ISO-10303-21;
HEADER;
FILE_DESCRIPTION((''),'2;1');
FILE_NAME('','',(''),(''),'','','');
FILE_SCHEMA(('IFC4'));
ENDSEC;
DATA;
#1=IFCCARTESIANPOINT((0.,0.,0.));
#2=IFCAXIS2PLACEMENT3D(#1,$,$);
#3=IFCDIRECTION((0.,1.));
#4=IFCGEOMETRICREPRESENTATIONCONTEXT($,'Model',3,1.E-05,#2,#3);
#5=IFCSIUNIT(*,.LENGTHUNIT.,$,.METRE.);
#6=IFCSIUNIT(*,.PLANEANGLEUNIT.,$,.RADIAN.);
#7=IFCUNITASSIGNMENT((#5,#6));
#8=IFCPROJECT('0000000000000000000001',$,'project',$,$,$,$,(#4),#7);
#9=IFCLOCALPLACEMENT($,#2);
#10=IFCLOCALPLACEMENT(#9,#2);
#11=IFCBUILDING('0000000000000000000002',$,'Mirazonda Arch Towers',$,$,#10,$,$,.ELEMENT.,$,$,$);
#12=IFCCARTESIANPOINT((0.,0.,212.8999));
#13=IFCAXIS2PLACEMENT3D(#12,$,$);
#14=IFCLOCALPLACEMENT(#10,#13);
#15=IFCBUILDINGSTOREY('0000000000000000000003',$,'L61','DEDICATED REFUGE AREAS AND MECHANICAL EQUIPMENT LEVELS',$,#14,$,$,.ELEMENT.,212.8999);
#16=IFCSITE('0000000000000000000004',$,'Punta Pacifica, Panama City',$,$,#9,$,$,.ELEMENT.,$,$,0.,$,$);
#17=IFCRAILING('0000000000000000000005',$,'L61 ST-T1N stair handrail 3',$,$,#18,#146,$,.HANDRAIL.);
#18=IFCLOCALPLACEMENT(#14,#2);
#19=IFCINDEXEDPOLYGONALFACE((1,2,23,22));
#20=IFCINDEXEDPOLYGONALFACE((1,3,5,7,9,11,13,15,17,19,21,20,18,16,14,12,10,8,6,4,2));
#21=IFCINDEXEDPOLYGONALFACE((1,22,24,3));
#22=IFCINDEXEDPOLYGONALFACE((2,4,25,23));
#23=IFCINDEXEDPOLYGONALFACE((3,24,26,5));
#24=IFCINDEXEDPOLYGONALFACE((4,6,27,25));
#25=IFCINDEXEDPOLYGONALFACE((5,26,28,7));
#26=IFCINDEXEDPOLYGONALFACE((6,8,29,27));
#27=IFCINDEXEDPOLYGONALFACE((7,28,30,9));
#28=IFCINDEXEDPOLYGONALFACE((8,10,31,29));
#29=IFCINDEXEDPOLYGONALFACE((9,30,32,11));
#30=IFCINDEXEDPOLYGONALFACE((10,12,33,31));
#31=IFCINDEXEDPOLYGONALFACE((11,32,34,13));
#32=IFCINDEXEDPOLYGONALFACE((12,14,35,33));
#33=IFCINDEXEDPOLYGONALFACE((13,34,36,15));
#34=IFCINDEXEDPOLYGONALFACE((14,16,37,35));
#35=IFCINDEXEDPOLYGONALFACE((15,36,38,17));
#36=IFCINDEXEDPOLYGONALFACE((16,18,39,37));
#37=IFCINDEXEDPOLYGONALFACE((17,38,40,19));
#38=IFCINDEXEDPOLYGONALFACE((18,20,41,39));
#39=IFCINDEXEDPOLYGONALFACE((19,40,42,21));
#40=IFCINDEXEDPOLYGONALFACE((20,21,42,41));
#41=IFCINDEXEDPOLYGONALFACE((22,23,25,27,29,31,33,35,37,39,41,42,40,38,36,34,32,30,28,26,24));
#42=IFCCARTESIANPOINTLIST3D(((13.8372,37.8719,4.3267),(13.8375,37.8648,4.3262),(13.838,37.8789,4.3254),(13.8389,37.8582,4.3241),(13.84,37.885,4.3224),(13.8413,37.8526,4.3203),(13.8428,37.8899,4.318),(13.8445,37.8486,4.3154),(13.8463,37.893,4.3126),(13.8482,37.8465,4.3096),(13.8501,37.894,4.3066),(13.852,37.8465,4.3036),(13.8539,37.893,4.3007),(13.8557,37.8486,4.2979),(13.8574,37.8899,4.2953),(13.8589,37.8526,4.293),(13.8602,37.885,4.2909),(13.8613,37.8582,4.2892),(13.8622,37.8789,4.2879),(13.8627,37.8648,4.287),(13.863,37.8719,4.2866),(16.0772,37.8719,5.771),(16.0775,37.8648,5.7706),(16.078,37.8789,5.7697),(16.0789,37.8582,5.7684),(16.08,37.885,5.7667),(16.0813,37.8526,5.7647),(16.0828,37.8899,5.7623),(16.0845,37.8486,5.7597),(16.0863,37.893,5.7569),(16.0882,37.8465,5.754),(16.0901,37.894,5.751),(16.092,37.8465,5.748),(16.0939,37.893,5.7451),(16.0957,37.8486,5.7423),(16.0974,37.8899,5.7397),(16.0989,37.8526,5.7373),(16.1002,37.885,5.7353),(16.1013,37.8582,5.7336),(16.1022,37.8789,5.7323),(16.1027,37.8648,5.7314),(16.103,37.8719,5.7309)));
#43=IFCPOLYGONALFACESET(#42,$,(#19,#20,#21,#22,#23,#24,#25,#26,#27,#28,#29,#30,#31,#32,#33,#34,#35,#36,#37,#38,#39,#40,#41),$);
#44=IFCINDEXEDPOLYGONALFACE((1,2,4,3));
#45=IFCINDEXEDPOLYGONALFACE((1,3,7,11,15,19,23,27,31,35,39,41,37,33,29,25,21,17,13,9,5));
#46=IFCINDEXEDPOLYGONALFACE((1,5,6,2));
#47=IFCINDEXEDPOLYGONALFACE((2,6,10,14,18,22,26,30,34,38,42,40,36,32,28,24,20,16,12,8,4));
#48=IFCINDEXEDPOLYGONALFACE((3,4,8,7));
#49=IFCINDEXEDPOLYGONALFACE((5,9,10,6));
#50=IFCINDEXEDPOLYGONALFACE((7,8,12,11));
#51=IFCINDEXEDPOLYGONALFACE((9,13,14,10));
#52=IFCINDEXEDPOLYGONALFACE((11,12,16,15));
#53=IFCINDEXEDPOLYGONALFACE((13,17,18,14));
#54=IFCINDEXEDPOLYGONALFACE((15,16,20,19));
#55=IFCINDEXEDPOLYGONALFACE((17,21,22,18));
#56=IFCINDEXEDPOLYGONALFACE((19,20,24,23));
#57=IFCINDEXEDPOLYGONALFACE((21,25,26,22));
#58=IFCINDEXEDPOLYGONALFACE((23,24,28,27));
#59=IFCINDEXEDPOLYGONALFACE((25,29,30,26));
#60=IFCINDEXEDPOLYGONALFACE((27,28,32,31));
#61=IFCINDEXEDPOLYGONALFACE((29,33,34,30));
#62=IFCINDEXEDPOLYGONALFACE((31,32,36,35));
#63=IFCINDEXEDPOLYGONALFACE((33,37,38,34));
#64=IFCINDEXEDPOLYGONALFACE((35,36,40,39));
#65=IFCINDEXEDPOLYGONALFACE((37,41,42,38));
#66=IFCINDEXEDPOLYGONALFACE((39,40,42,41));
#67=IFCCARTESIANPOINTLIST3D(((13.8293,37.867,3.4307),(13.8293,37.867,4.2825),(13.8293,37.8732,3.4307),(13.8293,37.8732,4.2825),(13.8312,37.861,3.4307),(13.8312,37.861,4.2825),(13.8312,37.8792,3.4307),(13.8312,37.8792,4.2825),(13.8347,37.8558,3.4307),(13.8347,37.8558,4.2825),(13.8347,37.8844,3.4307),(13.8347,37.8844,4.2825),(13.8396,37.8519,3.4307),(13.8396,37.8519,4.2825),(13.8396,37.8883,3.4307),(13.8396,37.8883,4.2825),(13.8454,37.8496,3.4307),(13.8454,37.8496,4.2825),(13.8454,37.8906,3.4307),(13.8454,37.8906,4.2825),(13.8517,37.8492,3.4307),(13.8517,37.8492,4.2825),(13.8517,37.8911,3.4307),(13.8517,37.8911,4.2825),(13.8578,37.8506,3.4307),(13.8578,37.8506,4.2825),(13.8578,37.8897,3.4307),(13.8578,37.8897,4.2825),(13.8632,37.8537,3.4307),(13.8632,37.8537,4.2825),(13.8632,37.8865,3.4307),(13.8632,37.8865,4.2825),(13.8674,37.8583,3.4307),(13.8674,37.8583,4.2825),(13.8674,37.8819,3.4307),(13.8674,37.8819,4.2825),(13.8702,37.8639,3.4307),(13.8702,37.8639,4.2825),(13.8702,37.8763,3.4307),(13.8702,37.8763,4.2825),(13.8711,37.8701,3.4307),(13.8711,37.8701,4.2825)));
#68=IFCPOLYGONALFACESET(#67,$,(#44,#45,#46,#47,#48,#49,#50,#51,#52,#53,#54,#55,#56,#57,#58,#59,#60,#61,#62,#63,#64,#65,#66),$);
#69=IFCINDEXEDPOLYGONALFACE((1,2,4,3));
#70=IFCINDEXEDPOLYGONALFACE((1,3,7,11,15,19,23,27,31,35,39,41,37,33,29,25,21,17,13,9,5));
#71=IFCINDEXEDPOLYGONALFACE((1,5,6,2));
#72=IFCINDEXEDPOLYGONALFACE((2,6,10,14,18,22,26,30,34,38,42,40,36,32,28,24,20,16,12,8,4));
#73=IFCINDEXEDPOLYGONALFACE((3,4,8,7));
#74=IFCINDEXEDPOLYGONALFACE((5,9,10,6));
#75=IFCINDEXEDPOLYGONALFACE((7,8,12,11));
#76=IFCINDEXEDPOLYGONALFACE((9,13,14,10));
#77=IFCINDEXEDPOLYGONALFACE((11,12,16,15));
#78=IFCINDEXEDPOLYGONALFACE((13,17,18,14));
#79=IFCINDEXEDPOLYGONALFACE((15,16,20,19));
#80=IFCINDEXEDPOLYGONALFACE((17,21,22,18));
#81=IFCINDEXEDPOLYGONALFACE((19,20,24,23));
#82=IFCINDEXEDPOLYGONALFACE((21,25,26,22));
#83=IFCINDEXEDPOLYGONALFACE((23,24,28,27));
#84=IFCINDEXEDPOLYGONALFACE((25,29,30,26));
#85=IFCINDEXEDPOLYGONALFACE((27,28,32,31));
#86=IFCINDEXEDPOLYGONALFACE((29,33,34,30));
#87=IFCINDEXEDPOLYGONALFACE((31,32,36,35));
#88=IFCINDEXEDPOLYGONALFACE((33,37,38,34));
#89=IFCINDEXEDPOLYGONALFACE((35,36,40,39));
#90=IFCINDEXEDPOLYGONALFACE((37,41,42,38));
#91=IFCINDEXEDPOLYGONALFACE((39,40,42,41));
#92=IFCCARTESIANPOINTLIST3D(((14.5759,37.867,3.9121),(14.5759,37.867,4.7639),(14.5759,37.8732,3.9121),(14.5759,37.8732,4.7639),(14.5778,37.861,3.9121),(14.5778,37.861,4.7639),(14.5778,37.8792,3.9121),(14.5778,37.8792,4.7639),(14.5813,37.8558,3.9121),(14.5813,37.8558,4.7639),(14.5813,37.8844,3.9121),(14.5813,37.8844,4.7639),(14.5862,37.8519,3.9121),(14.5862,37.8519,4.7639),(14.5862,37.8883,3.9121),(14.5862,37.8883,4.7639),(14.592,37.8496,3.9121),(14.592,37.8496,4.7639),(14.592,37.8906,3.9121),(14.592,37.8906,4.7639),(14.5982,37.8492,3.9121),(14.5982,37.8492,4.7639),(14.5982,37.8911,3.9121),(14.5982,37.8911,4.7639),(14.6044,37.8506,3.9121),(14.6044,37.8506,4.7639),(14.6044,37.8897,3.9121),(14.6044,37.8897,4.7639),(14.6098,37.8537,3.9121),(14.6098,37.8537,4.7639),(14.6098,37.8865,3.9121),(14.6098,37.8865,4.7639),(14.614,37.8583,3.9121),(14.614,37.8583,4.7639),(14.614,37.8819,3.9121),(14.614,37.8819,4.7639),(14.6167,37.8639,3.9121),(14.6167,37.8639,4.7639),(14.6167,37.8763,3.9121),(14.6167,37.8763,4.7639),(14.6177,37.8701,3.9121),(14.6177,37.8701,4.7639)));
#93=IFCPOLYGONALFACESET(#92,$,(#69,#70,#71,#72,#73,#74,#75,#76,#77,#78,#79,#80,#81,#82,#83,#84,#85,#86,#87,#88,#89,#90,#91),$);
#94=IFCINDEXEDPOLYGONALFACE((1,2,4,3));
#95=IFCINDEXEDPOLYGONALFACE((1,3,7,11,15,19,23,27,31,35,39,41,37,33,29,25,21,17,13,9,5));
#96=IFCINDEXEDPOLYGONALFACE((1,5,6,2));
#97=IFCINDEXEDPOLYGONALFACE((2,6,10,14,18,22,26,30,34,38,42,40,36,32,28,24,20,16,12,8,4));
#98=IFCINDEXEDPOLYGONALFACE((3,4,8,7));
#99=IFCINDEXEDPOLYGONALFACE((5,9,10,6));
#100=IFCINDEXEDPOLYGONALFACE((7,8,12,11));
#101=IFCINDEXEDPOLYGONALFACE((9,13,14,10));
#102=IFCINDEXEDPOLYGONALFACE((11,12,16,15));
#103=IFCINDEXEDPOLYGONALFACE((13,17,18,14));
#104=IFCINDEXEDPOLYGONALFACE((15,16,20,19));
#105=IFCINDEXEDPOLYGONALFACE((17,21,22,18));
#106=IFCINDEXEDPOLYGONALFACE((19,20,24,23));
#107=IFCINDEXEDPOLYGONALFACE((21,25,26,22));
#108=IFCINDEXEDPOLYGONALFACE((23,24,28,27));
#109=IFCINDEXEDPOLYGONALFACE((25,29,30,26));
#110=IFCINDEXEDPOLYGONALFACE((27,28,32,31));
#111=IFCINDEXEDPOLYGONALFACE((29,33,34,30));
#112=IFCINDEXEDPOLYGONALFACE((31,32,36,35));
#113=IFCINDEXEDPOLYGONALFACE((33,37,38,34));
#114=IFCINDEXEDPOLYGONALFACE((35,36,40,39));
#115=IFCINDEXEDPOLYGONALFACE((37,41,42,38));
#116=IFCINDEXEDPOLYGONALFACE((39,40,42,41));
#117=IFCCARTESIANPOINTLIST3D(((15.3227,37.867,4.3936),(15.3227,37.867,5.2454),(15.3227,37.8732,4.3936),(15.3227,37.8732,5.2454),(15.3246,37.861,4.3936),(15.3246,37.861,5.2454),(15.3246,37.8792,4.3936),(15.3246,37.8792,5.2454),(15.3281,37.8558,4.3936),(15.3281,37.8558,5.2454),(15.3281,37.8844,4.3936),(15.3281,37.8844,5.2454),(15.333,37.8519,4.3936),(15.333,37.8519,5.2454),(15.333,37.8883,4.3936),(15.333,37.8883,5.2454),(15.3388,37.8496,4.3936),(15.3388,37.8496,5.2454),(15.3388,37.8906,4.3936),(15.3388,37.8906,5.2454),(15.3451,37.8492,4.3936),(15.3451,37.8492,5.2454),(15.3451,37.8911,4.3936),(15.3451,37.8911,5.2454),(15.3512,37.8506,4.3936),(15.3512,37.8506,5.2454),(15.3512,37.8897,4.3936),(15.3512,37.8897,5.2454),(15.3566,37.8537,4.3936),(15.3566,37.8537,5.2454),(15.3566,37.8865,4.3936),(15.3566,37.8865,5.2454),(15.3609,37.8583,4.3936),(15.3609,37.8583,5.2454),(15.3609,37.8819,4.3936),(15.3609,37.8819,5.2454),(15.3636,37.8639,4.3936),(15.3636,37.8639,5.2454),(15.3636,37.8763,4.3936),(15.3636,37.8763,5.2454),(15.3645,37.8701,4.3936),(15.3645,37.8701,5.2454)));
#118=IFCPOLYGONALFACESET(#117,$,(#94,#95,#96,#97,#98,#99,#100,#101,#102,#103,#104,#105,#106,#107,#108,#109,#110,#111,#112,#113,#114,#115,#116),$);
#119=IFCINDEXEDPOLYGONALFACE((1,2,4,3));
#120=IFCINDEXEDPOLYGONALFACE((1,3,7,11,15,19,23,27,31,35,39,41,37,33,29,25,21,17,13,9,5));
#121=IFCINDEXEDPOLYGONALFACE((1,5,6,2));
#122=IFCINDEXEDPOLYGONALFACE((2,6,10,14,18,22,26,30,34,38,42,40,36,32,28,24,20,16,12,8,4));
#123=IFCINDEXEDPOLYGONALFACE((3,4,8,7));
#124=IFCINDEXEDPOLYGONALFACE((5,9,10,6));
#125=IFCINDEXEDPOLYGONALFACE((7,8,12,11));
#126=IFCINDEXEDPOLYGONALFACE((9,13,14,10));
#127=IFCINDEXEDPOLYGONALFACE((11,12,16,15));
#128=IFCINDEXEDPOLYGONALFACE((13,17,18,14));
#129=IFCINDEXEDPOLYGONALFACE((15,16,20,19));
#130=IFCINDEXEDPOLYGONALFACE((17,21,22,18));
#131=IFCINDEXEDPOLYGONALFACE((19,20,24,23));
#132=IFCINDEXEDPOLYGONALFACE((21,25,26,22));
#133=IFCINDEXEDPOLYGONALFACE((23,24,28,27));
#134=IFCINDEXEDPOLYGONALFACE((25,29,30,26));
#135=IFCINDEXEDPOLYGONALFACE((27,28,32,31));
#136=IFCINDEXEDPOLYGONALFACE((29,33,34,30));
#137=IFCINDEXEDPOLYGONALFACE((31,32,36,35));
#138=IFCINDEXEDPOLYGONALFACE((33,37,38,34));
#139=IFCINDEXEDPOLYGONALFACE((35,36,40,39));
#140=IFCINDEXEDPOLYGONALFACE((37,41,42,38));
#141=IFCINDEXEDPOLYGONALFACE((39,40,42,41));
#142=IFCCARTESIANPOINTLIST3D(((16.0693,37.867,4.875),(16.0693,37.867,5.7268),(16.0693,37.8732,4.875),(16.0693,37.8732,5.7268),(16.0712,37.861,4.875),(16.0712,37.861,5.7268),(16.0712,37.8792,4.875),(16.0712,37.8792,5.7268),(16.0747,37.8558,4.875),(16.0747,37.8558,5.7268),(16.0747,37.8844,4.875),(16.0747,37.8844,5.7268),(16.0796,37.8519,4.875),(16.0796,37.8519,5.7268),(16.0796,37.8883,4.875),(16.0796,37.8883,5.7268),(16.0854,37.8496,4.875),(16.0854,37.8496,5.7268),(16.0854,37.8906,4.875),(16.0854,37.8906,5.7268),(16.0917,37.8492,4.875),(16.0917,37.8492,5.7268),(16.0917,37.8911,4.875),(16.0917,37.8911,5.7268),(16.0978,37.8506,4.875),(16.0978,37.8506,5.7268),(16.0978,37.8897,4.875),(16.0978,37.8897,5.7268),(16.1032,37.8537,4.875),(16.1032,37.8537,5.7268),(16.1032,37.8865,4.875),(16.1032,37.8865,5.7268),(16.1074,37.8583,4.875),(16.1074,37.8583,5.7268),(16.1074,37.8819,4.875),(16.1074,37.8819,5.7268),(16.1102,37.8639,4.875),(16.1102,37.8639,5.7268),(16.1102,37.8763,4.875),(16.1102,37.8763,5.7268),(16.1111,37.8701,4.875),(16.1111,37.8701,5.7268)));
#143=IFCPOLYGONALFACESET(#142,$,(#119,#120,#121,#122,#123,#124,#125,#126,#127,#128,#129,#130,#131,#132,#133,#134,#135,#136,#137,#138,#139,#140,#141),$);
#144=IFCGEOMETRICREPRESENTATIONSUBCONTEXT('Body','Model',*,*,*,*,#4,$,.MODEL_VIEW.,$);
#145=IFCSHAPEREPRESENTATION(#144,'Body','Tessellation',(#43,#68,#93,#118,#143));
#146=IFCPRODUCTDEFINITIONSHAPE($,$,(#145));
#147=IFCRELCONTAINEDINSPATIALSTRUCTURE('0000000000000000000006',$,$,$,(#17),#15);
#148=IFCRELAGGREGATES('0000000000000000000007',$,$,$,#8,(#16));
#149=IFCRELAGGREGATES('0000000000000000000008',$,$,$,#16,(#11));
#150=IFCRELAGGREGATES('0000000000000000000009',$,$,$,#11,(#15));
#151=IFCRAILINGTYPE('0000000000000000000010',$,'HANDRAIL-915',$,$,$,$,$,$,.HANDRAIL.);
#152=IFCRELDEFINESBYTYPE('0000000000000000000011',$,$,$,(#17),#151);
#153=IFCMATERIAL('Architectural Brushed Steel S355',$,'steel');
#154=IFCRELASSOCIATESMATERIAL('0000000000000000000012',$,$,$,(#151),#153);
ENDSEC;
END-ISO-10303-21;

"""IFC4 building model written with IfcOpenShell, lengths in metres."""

from ifc_helpers import new_model, si_unit, direction, frame, origin, origin_2d, place, context, subcontext, project, spatial, circle, extrude, material, type_object, element, save


model = new_model("IFC4")

# Units and contexts
model_context = context("Model", 3, precision=1e-05, world=origin(), true_north=direction((0.0, 1.0)))
body_context = subcontext(model_context, "Body", "Model", "MODEL_VIEW")
ifc_project = project(units=[si_unit("LENGTHUNIT", "METRE"), si_unit("PLANEANGLEUNIT", "RADIAN")], contexts=[model_context])

# Site, building, storey
site_placement = place(None, origin())
site = spatial("IfcSite", under=ifc_project, at=site_placement, Name="Punta Pacifica, Panama City", CompositionType="ELEMENT", RefElevation=0.0)
building_placement = place(site_placement, origin())
building = spatial("IfcBuilding", under=site, at=building_placement, Name="Mirazonda Arch Towers", CompositionType="ELEMENT")
storey_placement = place(building_placement, frame((0.0, 0.0, 212.8999)))
storey = spatial("IfcBuildingStorey", under=building, at=storey_placement, Name="L61", Description="DEDICATED REFUGE AREAS AND MECHANICAL EQUIPMENT LEVELS", CompositionType="ELEMENT", Elevation=212.8999)

# Railing
ifc_material_1 = material(Name="Architectural Brushed Steel S355", Category="steel")
railing_type_1 = type_object("IfcRailingType", Name="HANDRAIL-915", PredefinedType="HANDRAIL", material=ifc_material_1)
railing_1_placement = place(storey_placement, frame((13.8501, 37.8701, 3.4307)))
element("IfcRailing", 1, at=railing_1_placement, inside=storey, type_object=railing_type_1, Name="L61 ST-T1N stair handrail 3", PredefinedType="HANDRAIL", context=body_context, shape_type="SweptSolid", body=[
    extrude(circle(Radius=0.0239, at=origin_2d()), frame((0.0, 0.0, 0.876), z_axis=(0.840437, 0.0, 0.54191), x_axis=(0.0, 1.0, 0.0)), (0.0, 0.0, 1.0), 2.6653),
    extrude(circle(Radius=0.021, at=origin_2d()), origin(), (0.0, 0.0, 1.0), 0.8518),
    extrude(circle(Radius=0.021, at=origin_2d()), frame((0.7466, 0.0, 0.4814)), (0.0, 0.0, 1.0), 0.8518),
    extrude(circle(Radius=0.021, at=origin_2d()), frame((1.4934, 0.0, 0.9629)), (0.0, 0.0, 1.0), 0.8518),
    extrude(circle(Radius=0.021, at=origin_2d()), frame((2.24, 0.0, 1.4443)), (0.0, 0.0, 1.0), 0.8518),
])

save(model, "model.ifc")
